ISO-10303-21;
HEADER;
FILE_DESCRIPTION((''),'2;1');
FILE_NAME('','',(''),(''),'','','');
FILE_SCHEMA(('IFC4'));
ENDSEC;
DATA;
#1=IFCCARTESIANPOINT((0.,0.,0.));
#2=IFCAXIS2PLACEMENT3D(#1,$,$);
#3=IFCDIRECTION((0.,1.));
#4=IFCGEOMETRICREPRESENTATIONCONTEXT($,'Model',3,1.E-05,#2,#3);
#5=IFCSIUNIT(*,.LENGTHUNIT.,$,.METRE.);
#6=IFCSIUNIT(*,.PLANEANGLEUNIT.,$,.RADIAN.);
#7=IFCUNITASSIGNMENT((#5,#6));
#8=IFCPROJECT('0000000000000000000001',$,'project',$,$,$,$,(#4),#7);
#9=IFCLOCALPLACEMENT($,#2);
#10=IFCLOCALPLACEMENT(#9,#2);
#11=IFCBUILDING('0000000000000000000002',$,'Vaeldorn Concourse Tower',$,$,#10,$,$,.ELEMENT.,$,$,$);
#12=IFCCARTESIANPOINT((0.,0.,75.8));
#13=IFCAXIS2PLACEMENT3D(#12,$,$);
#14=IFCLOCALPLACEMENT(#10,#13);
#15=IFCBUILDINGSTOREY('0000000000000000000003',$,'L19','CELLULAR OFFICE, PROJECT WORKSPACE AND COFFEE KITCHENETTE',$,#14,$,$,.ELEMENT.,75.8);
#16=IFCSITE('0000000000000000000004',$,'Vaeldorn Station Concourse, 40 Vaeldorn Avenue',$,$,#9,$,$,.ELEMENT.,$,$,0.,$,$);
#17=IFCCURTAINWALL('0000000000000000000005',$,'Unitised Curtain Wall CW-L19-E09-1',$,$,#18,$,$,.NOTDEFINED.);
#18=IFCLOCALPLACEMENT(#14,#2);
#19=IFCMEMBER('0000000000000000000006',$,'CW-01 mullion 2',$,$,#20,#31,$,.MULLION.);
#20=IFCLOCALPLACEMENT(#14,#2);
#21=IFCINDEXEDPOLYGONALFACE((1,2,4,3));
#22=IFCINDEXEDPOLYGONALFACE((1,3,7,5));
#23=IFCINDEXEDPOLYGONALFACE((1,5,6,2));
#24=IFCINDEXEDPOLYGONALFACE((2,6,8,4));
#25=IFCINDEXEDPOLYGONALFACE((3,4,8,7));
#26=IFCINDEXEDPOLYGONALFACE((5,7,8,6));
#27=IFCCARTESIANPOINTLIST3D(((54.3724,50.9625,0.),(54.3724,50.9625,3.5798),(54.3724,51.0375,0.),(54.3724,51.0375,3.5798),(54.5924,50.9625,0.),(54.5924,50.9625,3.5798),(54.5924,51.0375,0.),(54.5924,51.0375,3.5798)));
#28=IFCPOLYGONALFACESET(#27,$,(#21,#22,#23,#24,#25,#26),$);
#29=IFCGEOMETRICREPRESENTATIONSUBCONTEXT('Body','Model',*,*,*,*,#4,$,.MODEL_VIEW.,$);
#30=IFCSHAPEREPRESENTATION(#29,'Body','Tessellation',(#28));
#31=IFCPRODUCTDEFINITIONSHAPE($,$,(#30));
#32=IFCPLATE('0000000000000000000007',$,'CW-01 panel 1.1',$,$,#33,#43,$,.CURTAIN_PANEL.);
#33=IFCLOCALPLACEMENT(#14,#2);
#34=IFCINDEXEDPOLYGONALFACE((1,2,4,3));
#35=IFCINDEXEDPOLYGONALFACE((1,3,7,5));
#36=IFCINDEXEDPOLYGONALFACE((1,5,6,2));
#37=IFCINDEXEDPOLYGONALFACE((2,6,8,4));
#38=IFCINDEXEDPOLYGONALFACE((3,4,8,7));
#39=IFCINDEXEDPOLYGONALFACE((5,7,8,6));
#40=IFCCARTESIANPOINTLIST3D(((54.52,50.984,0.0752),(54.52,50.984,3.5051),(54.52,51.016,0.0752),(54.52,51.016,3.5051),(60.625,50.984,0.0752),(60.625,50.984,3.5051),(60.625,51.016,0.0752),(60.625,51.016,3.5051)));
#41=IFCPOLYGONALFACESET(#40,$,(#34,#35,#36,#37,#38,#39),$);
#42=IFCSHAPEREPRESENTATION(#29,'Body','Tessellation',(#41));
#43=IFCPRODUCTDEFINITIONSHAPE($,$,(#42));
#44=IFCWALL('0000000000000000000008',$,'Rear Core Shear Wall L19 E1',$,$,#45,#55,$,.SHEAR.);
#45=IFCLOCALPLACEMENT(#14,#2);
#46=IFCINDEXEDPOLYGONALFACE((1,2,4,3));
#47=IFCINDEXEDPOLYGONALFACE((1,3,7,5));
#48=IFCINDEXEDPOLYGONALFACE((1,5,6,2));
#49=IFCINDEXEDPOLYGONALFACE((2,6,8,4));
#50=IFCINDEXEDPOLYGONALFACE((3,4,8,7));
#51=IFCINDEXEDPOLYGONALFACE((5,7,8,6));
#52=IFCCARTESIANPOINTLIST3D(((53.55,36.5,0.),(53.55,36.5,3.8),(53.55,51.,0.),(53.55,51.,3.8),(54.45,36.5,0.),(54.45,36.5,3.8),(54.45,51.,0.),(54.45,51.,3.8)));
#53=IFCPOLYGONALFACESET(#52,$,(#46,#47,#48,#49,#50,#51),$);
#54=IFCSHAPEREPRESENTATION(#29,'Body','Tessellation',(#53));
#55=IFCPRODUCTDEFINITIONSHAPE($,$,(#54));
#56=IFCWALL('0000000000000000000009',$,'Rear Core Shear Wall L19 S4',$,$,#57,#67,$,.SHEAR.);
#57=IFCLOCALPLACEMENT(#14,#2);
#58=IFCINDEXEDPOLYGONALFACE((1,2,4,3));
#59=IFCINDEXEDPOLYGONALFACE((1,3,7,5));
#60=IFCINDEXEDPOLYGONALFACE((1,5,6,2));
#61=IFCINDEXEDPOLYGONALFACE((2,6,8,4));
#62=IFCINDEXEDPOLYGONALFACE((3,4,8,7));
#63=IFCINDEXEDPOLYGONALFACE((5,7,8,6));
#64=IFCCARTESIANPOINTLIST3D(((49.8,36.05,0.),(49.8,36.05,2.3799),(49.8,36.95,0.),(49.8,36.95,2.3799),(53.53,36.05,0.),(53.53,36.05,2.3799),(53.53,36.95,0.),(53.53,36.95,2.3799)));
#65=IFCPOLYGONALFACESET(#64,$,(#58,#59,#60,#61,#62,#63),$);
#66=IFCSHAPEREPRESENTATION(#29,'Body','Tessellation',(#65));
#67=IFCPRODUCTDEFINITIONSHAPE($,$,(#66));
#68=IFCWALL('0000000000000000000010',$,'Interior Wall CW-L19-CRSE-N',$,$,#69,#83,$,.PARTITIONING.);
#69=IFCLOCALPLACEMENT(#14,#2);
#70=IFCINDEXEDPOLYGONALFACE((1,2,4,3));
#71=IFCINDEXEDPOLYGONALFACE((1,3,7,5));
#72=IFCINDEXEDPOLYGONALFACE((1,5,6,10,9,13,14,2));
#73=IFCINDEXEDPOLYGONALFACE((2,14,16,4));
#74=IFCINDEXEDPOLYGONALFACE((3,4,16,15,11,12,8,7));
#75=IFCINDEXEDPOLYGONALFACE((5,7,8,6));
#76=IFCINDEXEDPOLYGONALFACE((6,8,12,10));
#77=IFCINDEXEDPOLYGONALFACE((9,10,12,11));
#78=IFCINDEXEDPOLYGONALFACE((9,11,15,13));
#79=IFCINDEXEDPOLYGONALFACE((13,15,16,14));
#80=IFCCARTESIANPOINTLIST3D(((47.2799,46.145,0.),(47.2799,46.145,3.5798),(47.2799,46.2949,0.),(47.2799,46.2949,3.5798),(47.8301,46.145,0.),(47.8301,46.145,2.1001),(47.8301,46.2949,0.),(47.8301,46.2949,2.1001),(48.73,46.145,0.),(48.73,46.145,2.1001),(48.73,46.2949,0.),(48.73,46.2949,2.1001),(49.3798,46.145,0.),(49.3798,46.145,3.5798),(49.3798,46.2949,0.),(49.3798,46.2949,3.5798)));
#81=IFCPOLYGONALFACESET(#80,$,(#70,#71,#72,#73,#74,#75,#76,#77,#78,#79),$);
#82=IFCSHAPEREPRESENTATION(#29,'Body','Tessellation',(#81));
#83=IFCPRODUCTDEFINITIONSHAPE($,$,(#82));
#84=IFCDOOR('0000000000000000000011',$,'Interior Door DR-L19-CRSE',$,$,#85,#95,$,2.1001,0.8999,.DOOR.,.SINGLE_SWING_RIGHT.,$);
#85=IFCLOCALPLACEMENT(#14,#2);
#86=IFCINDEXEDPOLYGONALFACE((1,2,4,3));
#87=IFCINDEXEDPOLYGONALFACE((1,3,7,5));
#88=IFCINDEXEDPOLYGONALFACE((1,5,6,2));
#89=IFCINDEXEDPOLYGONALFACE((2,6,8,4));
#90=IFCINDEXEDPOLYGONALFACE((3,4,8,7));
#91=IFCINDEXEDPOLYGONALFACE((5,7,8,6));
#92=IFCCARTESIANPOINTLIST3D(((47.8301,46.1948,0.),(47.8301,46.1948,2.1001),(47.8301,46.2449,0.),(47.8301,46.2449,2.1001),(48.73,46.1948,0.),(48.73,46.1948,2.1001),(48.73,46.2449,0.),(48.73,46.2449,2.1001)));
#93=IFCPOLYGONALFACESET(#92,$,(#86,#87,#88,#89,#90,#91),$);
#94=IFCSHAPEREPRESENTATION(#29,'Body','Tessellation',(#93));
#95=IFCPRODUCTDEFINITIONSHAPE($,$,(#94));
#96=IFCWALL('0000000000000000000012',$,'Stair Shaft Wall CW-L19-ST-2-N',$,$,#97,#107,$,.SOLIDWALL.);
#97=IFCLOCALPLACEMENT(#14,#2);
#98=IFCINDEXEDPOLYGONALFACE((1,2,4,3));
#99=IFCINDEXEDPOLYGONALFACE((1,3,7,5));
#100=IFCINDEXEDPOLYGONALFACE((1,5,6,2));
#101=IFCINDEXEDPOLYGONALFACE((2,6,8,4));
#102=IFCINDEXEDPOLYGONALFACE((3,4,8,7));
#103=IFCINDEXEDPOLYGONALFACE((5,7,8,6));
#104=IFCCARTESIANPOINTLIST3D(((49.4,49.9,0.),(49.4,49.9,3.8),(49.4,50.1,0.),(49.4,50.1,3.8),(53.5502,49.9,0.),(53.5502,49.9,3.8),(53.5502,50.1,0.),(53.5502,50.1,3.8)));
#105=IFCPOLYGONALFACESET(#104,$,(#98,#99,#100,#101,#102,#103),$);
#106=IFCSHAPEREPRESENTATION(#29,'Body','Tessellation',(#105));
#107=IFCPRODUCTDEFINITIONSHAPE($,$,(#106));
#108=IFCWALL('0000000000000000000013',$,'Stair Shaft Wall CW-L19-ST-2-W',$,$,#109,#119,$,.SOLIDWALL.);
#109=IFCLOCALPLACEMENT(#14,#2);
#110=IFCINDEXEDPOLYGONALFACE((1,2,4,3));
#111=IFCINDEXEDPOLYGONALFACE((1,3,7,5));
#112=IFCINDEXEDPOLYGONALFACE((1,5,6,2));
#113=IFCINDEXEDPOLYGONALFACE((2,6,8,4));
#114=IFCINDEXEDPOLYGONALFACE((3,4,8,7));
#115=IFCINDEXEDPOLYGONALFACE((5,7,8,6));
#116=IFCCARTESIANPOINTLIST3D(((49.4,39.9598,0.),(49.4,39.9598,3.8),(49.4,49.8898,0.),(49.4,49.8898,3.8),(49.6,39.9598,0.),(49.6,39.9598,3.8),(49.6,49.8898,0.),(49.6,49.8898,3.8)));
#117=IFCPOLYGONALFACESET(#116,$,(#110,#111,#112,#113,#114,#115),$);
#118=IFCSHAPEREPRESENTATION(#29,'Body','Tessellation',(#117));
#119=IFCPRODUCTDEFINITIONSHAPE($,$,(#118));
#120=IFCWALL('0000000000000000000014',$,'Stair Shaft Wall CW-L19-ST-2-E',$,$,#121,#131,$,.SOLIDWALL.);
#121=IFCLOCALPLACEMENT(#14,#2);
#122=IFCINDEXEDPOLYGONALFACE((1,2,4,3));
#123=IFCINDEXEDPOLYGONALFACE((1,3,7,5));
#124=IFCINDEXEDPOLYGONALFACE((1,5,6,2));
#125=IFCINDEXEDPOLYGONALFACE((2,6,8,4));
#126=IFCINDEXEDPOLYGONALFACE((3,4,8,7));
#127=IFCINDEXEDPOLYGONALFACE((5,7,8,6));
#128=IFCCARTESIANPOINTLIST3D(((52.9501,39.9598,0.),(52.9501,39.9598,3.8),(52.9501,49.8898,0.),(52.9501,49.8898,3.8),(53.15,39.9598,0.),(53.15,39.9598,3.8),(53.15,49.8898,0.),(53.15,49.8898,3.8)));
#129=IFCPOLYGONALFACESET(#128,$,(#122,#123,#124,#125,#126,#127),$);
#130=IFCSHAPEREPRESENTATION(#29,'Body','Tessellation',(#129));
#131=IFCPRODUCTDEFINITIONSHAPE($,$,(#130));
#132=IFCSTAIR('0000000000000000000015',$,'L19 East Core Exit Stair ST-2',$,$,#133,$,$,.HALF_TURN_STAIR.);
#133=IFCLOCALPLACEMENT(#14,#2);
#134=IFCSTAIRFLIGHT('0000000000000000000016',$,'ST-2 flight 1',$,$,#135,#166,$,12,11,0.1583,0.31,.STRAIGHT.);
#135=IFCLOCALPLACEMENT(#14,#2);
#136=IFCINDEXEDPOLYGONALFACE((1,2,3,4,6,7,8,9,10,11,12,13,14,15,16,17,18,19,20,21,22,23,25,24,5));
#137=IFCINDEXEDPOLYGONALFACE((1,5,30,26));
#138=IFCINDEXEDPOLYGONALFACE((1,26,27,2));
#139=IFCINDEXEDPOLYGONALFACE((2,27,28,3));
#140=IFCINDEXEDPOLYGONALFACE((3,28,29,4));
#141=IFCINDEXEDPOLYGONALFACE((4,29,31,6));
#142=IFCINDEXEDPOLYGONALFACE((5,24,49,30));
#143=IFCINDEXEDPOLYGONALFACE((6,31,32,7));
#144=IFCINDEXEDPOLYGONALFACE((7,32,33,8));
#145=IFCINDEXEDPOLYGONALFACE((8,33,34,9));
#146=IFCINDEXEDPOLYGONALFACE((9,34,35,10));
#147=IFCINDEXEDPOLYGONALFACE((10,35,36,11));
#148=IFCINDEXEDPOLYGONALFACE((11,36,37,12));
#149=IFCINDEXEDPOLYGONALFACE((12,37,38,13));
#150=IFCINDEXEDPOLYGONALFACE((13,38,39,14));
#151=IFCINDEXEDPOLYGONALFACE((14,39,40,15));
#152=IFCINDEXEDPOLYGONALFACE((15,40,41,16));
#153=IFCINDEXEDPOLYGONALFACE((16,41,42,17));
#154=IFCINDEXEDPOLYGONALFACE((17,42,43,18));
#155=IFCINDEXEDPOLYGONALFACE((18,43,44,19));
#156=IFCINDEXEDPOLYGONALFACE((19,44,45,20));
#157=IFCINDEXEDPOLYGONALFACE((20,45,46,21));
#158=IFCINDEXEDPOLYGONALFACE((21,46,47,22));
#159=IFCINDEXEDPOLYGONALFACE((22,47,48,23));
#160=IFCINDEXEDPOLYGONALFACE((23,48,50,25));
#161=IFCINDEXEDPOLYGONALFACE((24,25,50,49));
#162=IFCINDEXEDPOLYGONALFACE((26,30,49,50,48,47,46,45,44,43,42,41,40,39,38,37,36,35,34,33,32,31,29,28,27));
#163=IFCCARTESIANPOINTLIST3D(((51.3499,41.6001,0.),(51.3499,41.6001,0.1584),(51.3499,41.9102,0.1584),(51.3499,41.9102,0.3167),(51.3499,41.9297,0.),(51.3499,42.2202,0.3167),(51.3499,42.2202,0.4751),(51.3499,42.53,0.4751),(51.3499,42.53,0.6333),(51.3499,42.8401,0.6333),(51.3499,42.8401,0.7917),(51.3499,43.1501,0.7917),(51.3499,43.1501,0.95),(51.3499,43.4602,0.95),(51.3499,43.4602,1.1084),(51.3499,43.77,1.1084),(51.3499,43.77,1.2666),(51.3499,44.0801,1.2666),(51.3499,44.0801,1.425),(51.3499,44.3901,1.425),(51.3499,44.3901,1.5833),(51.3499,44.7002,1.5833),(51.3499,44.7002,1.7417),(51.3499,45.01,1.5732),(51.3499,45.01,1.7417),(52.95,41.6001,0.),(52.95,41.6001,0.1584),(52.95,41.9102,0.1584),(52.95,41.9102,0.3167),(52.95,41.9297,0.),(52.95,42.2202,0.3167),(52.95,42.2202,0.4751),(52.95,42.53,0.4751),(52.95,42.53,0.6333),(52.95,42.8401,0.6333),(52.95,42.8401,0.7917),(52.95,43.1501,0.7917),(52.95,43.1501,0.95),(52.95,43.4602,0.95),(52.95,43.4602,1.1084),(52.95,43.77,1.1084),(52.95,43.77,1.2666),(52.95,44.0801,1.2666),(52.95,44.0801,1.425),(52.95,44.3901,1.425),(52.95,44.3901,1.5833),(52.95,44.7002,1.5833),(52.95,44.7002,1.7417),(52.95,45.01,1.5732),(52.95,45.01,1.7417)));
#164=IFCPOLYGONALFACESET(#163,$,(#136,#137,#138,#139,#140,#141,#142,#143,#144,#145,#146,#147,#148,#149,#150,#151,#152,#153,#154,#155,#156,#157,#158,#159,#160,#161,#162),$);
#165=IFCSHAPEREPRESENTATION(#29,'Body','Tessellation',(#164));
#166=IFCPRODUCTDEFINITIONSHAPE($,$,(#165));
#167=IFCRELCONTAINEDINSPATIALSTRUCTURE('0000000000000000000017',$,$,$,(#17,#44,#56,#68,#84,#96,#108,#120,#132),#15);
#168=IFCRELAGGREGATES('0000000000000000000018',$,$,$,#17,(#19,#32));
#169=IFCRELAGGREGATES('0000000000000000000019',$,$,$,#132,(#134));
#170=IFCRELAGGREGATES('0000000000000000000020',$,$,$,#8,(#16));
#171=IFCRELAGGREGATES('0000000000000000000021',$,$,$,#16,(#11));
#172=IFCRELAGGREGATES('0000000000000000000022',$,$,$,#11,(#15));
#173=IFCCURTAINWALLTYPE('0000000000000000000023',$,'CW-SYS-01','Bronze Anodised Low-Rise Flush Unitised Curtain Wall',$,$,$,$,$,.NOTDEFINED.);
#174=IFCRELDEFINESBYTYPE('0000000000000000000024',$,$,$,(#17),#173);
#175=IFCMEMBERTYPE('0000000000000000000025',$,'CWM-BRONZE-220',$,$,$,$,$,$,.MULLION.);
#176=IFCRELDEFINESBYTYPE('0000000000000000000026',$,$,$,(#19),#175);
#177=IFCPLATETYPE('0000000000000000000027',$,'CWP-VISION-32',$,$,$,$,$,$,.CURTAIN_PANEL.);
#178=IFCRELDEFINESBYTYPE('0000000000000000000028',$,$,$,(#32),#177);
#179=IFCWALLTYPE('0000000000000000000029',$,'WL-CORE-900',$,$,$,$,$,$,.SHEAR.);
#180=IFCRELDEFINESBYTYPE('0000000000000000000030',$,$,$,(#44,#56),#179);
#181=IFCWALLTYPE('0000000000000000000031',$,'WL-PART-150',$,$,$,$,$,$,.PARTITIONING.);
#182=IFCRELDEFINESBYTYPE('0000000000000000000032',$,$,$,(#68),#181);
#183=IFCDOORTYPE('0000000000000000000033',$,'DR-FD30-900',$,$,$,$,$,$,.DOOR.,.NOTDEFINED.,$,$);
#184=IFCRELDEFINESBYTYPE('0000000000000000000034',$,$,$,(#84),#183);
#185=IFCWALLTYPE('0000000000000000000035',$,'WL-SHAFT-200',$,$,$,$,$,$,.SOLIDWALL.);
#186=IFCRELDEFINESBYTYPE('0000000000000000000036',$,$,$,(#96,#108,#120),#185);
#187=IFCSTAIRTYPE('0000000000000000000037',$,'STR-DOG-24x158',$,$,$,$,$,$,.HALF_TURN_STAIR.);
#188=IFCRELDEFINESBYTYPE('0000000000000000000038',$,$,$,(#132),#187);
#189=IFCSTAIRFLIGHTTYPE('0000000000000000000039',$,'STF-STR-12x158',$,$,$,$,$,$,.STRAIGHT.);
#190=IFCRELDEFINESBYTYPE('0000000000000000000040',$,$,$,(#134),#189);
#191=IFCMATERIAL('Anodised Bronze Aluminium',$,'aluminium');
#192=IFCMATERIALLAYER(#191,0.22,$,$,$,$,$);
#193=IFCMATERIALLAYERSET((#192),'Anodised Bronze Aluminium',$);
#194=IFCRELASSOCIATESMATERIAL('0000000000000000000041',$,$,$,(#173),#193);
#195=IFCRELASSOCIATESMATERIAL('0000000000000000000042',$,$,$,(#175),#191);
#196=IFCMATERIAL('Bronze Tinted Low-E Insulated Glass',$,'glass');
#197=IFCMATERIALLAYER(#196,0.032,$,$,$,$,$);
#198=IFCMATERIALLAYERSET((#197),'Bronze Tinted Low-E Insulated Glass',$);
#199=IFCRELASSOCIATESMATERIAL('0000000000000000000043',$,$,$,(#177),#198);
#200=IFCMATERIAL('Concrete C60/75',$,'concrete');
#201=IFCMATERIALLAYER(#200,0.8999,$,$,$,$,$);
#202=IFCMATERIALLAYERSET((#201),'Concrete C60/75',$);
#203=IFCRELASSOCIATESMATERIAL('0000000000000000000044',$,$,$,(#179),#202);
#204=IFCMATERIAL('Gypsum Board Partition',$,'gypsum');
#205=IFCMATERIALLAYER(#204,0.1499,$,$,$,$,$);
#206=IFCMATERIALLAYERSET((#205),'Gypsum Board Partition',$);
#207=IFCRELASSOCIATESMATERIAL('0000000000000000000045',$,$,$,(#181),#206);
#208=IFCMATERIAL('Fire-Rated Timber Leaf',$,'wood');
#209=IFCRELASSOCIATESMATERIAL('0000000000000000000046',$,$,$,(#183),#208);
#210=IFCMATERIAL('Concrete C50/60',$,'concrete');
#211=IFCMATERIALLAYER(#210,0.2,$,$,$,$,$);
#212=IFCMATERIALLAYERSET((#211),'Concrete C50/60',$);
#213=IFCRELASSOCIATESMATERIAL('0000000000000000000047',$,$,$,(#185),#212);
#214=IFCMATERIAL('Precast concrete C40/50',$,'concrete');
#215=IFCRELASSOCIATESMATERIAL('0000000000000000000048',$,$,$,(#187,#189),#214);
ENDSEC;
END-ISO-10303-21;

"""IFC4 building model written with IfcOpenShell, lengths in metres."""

from ifc_helpers import new_model, si_unit, direction, frame, frame_2d, origin, origin_2d, place, context, subcontext, project, spatial, polyline, rectangle, outline, extrude, source, transform, mapped, material, layer, layer_set, material_profile, profile_set, type_object, element, fill, aggregate, save


model = new_model("IFC4")

# Units and contexts
model_context = context("Model", 3, precision=1e-05, world=origin(), true_north=direction((0.0, 1.0)))
body_context = subcontext(model_context, "Body", "Model", "MODEL_VIEW")
ifc_project = project(units=[si_unit("LENGTHUNIT", "METRE"), si_unit("PLANEANGLEUNIT", "RADIAN")], contexts=[model_context])

# Site, building, storey
site_placement = place(None, origin())
site = spatial("IfcSite", under=ifc_project, at=site_placement, Name="Vaeldorn Station Concourse, 40 Vaeldorn Avenue", CompositionType="ELEMENT", RefElevation=0.0)
building_placement = place(site_placement, origin())
building = spatial("IfcBuilding", under=site, at=building_placement, Name="Vaeldorn Concourse Tower", CompositionType="ELEMENT")
storey_placement = place(building_placement, frame((0.0, 0.0, 75.8)))
storey = spatial("IfcBuildingStorey", under=building, at=storey_placement, Name="L19", Description="CELLULAR OFFICE, PROJECT WORKSPACE AND COFFEE KITCHENETTE", CompositionType="ELEMENT", Elevation=75.8)

# Shared definitions
ifc_material_1 = material(Name="Concrete C60/75", Category="concrete")

# Curtain wall, member, plate
ifc_material_2 = material(Name="Anodised Bronze Aluminium", Category="aluminium")
ifc_layer_1 = layer(ifc_material_2, 0.22)
ifc_layer_set_1 = layer_set([ifc_layer_1], Name="Anodised Bronze Aluminium")
curtain_wall_type = type_object("IfcCurtainWallType", Name="CW-SYS-01", Description="Bronze Anodised Low-Rise Flush Unitised Curtain Wall", PredefinedType="NOTDEFINED", material=ifc_layer_set_1)
curtain_wall_placement = place(storey_placement, origin())
curtain_wall = element("IfcCurtainWall", 1, at=curtain_wall_placement, inside=storey, type_object=curtain_wall_type, Name="Unitised Curtain Wall CW-L19-E09-1", PredefinedType="NOTDEFINED")
ifc_material_profile_1 = material_profile(ifc_material_2, rectangle(XDim=0.075, YDim=0.22, at=origin_2d()), Name="CWM 75x220")
ifc_profile_set_1 = profile_set([ifc_material_profile_1], Name="Anodised Bronze Aluminium")
member_type = type_object("IfcMemberType", Name="CWM-BRONZE-220", PredefinedType="MULLION", material=ifc_profile_set_1)
shared_shape_1 = source(origin(), body_context, "Body", "SweptSolid", [
    extrude(rectangle(XDim=0.075, YDim=0.22, at=origin_2d()), origin(), (0.0, 0.0, 1.0), 3.5798),
])
member_placement = place(storey_placement, frame((54.4824, 51.0, 0.0), z_axis=(0.0, 0.0, 1.0), x_axis=(0.0, -1.0, 0.0)))
member = element("IfcMember", 2, at=member_placement, type_object=member_type, Name="CW-01 mullion 2", PredefinedType="MULLION", context=body_context, shape_type="MappedRepresentation", body=[
    mapped(shared_shape_1, transform((0.0, 0.0, 0.0), scale=1.0)),
])
ifc_material_3 = material(Name="Bronze Tinted Low-E Insulated Glass", Category="glass")
ifc_layer_2 = layer(ifc_material_3, 0.032)
ifc_layer_set_2 = layer_set([ifc_layer_2], Name="Bronze Tinted Low-E Insulated Glass")
plate_type = type_object("IfcPlateType", Name="CWP-VISION-32", PredefinedType="CURTAIN_PANEL", material=ifc_layer_set_2)
shared_shape_2 = source(origin(), body_context, "Body", "SweptSolid", [
    extrude(rectangle(XDim=6.105, YDim=0.032, at=origin_2d()), origin(), (0.0, 0.0, 1.0), 3.4299),
])
plate_placement = place(storey_placement, frame((57.5725, 51.0, 0.0752), z_axis=(0.0, 0.0, 1.0), x_axis=(-1.0, 0.0, 0.0)))
plate = element("IfcPlate", 3, at=plate_placement, type_object=plate_type, Name="CW-01 panel 1.1", PredefinedType="CURTAIN_PANEL", context=body_context, shape_type="MappedRepresentation", body=[
    mapped(shared_shape_2, transform((0.0, 0.0, 0.0), scale=1.0)),
])
aggregate(curtain_wall, [member, plate])

# Walls
ifc_layer_3 = layer(ifc_material_1, 0.8999)
ifc_layer_set_3 = layer_set([ifc_layer_3], Name="Concrete C60/75")
wall_type_1 = type_object("IfcWallType", Name="WL-CORE-900", PredefinedType="SHEAR", material=ifc_layer_set_3)
wall_1_placement = place(storey_placement, frame((54.0, 36.5, 0.0), z_axis=(0.0, 0.0, 1.0), x_axis=(0.0, 1.0, 0.0)))
element("IfcWall", 4, at=wall_1_placement, inside=storey, type_object=wall_type_1, Name="Rear Core Shear Wall L19 E1", PredefinedType="SHEAR", context=body_context, shape_type="SweptSolid", body=[
    extrude(rectangle(XDim=14.5, YDim=0.8999, at=frame_2d((7.25, 0.0))), origin(), (0.0, 0.0, 1.0), 3.8),
])
wall_2_placement = place(storey_placement, frame((49.8, 36.5, 0.0), z_axis=(0.0, 0.0, 1.0), x_axis=(1.0, 0.0, 0.0)))
element("IfcWall", 5, at=wall_2_placement, inside=storey, type_object=wall_type_1, Name="Rear Core Shear Wall L19 S4", PredefinedType="SHEAR", context=body_context, shape_type="SweptSolid", body=[
    extrude(rectangle(XDim=3.73, YDim=0.8999, at=frame_2d((1.865, 0.0))), origin(), (0.0, 0.0, 1.0), 2.3799),
])

# Wall, opening, door
ifc_material_4 = material(Name="Gypsum Board Partition", Category="gypsum")
ifc_layer_4 = layer(ifc_material_4, 0.1499)
ifc_layer_set_4 = layer_set([ifc_layer_4], Name="Gypsum Board Partition")
wall_type_2 = type_object("IfcWallType", Name="WL-PART-150", PredefinedType="PARTITIONING", material=ifc_layer_set_4)
wall_3_placement = place(storey_placement, frame((47.28, 46.22, 0.0), z_axis=(0.0, 0.0, 1.0), x_axis=(1.0, 0.0, 0.0)))
wall_3 = element("IfcWall", 6, at=wall_3_placement, inside=storey, type_object=wall_type_2, Name="Interior Wall CW-L19-CRSE-N", PredefinedType="PARTITIONING", context=body_context, shape_type="SweptSolid", body=[
    extrude(rectangle(XDim=2.0999, YDim=0.1499, at=frame_2d((1.0498, 0.0))), origin(), (0.0, 0.0, 1.0), 3.5798),
])
opening_1_placement = place(wall_3_placement, frame((0.55, 0.0, 0.0)))
opening_1 = element("IfcOpeningElement", 7, at=opening_1_placement, cuts=wall_3, PredefinedType="OPENING", context=body_context, shape_type="SweptSolid", body=[
    extrude(rectangle(XDim=0.8999, YDim=2.1001, at=frame_2d((0.45, 1.05))), frame((0.0, 0.085, 0.0), z_axis=(0.0, -1.0, 0.0), x_axis=(1.0, 0.0, 0.0)), (0.0, 0.0, 1.0), 0.1699),
])
ifc_material_5 = material(Name="Fire-Rated Timber Leaf", Category="wood")
door_type_1 = type_object("IfcDoorType", Name="DR-FD30-900", OperationType="NOTDEFINED", PredefinedType="DOOR", material=ifc_material_5)
shared_shape_3 = source(origin(), body_context, "Body", "SweptSolid", [
    extrude(rectangle(XDim=0.8999, YDim=2.1001, at=frame_2d((0.45, 1.05))), frame((0.0, 0.0249, 0.0), z_axis=(0.0, -1.0, 0.0), x_axis=(1.0, 0.0, 0.0)), (0.0, 0.0, 1.0), 0.05),
])
door_1_placement = place(opening_1_placement, origin())
door_1 = element("IfcDoor", 8, at=door_1_placement, inside=storey, type_object=door_type_1, Name="Interior Door DR-L19-CRSE", OperationType="SINGLE_SWING_RIGHT", OverallHeight=2.1001, OverallWidth=0.8999, PredefinedType="DOOR", context=body_context, shape_type="MappedRepresentation", body=[
    mapped(shared_shape_3, transform((0.0, 0.0, 0.0), scale=1.0)),
])
fill(opening_1, door_1)
ifc_material_6 = material(Name="Concrete C50/60", Category="concrete")
ifc_layer_5 = layer(ifc_material_6, 0.2)
ifc_layer_set_5 = layer_set([ifc_layer_5], Name="Concrete C50/60")
wall_type_3 = type_object("IfcWallType", Name="WL-SHAFT-200", PredefinedType="SOLIDWALL", material=ifc_layer_set_5)

# Walls
wall_4_placement = place(storey_placement, frame((49.3999, 50.0, 0.0), z_axis=(0.0, 0.0, 1.0), x_axis=(1.0, 0.0, 0.0)))
element("IfcWall", 9, at=wall_4_placement, inside=storey, type_object=wall_type_3, Name="Stair Shaft Wall CW-L19-ST-2-N", PredefinedType="SOLIDWALL", context=body_context, shape_type="SweptSolid", body=[
    extrude(rectangle(XDim=4.1501, YDim=0.2, at=frame_2d((2.0752, 0.0))), origin(), (0.0, 0.0, 1.0), 3.8),
])
for number, where, z_axis, x_axis, name in (
    (10, (49.5, 39.96, 0.0), (0.0, 0.0, 1.0), (0.0, 1.0, 0.0), "Stair Shaft Wall CW-L19-ST-2-W"),
    (11, (53.05, 39.96, 0.0), (0.0, 0.0, 1.0), (0.0, 1.0, 0.0), "Stair Shaft Wall CW-L19-ST-2-E"),
):
    element("IfcWall", number, at=place(storey_placement, frame(where, z_axis=z_axis, x_axis=x_axis)), inside=storey, type_object=wall_type_3, Name=name, PredefinedType="SOLIDWALL", context=body_context, shape_type="SweptSolid", body=[
        extrude(rectangle(XDim=9.9299, YDim=0.2, at=frame_2d((4.9648, 0.0))), origin(), (0.0, 0.0, 1.0), 3.8),
    ])

# Stair, stair flight
ifc_material_7 = material(Name="Precast concrete C40/50", Category="concrete")
stair_type = type_object("IfcStairType", Name="STR-DOG-24x158", PredefinedType="HALF_TURN_STAIR", material=ifc_material_7)
stair_placement = place(storey_placement, origin())
stair = element("IfcStair", 12, at=stair_placement, inside=storey, type_object=stair_type, Name="L19 East Core Exit Stair ST-2", PredefinedType="HALF_TURN_STAIR")
stair_flight_type = type_object("IfcStairFlightType", Name="STF-STR-12x158", PredefinedType="STRAIGHT", material=ifc_material_7)
stair_flight_1_placement = place(storey_placement, frame((52.1499, 41.6001, 0.0), z_axis=(0.0, 0.0, 1.0), x_axis=(0.0, 1.0, 0.0)))
stair_flight_1 = element("IfcStairFlight", 13, at=stair_flight_1_placement, type_object=stair_flight_type, Name="ST-2 flight 1", NumberOfRisers=12, NumberOfTreads=11, PredefinedType="STRAIGHT", RiserHeight=0.1583, TreadLength=0.31, context=body_context, shape_type="SweptSolid", body=[
    extrude(outline(polyline([(0.0, 0.0), (0.0, 0.1584), (0.3101, 0.1584), (0.3101, 0.3167), (0.6201, 0.3167), (0.6201, 0.4751), (0.9299, 0.4751), (0.9299, 0.6333), (1.24, 0.6333), (1.24, 0.7917), (1.55, 0.7917), (1.55, 0.95), (1.8601, 0.95), (1.8601, 1.1084), (2.1699, 1.1084), (2.1699, 1.2666), (2.48, 1.2666), (2.48, 1.425), (2.79, 1.425), (2.79, 1.5833), (3.1001, 1.5833), (3.1001, 1.7417), (3.4099, 1.7417), (3.4099, 1.8999), (3.4099, 1.5732), (0.3296, 0.0), (0.0, 0.0)])), frame((0.0, 0.8, 0.0), z_axis=(0.0, -1.0, 0.0), x_axis=(1.0, 0.0, 0.0)), (0.0, 0.0, 1.0), 1.6001),
])
aggregate(stair, [stair_flight_1])

save(model, "model.ifc")
